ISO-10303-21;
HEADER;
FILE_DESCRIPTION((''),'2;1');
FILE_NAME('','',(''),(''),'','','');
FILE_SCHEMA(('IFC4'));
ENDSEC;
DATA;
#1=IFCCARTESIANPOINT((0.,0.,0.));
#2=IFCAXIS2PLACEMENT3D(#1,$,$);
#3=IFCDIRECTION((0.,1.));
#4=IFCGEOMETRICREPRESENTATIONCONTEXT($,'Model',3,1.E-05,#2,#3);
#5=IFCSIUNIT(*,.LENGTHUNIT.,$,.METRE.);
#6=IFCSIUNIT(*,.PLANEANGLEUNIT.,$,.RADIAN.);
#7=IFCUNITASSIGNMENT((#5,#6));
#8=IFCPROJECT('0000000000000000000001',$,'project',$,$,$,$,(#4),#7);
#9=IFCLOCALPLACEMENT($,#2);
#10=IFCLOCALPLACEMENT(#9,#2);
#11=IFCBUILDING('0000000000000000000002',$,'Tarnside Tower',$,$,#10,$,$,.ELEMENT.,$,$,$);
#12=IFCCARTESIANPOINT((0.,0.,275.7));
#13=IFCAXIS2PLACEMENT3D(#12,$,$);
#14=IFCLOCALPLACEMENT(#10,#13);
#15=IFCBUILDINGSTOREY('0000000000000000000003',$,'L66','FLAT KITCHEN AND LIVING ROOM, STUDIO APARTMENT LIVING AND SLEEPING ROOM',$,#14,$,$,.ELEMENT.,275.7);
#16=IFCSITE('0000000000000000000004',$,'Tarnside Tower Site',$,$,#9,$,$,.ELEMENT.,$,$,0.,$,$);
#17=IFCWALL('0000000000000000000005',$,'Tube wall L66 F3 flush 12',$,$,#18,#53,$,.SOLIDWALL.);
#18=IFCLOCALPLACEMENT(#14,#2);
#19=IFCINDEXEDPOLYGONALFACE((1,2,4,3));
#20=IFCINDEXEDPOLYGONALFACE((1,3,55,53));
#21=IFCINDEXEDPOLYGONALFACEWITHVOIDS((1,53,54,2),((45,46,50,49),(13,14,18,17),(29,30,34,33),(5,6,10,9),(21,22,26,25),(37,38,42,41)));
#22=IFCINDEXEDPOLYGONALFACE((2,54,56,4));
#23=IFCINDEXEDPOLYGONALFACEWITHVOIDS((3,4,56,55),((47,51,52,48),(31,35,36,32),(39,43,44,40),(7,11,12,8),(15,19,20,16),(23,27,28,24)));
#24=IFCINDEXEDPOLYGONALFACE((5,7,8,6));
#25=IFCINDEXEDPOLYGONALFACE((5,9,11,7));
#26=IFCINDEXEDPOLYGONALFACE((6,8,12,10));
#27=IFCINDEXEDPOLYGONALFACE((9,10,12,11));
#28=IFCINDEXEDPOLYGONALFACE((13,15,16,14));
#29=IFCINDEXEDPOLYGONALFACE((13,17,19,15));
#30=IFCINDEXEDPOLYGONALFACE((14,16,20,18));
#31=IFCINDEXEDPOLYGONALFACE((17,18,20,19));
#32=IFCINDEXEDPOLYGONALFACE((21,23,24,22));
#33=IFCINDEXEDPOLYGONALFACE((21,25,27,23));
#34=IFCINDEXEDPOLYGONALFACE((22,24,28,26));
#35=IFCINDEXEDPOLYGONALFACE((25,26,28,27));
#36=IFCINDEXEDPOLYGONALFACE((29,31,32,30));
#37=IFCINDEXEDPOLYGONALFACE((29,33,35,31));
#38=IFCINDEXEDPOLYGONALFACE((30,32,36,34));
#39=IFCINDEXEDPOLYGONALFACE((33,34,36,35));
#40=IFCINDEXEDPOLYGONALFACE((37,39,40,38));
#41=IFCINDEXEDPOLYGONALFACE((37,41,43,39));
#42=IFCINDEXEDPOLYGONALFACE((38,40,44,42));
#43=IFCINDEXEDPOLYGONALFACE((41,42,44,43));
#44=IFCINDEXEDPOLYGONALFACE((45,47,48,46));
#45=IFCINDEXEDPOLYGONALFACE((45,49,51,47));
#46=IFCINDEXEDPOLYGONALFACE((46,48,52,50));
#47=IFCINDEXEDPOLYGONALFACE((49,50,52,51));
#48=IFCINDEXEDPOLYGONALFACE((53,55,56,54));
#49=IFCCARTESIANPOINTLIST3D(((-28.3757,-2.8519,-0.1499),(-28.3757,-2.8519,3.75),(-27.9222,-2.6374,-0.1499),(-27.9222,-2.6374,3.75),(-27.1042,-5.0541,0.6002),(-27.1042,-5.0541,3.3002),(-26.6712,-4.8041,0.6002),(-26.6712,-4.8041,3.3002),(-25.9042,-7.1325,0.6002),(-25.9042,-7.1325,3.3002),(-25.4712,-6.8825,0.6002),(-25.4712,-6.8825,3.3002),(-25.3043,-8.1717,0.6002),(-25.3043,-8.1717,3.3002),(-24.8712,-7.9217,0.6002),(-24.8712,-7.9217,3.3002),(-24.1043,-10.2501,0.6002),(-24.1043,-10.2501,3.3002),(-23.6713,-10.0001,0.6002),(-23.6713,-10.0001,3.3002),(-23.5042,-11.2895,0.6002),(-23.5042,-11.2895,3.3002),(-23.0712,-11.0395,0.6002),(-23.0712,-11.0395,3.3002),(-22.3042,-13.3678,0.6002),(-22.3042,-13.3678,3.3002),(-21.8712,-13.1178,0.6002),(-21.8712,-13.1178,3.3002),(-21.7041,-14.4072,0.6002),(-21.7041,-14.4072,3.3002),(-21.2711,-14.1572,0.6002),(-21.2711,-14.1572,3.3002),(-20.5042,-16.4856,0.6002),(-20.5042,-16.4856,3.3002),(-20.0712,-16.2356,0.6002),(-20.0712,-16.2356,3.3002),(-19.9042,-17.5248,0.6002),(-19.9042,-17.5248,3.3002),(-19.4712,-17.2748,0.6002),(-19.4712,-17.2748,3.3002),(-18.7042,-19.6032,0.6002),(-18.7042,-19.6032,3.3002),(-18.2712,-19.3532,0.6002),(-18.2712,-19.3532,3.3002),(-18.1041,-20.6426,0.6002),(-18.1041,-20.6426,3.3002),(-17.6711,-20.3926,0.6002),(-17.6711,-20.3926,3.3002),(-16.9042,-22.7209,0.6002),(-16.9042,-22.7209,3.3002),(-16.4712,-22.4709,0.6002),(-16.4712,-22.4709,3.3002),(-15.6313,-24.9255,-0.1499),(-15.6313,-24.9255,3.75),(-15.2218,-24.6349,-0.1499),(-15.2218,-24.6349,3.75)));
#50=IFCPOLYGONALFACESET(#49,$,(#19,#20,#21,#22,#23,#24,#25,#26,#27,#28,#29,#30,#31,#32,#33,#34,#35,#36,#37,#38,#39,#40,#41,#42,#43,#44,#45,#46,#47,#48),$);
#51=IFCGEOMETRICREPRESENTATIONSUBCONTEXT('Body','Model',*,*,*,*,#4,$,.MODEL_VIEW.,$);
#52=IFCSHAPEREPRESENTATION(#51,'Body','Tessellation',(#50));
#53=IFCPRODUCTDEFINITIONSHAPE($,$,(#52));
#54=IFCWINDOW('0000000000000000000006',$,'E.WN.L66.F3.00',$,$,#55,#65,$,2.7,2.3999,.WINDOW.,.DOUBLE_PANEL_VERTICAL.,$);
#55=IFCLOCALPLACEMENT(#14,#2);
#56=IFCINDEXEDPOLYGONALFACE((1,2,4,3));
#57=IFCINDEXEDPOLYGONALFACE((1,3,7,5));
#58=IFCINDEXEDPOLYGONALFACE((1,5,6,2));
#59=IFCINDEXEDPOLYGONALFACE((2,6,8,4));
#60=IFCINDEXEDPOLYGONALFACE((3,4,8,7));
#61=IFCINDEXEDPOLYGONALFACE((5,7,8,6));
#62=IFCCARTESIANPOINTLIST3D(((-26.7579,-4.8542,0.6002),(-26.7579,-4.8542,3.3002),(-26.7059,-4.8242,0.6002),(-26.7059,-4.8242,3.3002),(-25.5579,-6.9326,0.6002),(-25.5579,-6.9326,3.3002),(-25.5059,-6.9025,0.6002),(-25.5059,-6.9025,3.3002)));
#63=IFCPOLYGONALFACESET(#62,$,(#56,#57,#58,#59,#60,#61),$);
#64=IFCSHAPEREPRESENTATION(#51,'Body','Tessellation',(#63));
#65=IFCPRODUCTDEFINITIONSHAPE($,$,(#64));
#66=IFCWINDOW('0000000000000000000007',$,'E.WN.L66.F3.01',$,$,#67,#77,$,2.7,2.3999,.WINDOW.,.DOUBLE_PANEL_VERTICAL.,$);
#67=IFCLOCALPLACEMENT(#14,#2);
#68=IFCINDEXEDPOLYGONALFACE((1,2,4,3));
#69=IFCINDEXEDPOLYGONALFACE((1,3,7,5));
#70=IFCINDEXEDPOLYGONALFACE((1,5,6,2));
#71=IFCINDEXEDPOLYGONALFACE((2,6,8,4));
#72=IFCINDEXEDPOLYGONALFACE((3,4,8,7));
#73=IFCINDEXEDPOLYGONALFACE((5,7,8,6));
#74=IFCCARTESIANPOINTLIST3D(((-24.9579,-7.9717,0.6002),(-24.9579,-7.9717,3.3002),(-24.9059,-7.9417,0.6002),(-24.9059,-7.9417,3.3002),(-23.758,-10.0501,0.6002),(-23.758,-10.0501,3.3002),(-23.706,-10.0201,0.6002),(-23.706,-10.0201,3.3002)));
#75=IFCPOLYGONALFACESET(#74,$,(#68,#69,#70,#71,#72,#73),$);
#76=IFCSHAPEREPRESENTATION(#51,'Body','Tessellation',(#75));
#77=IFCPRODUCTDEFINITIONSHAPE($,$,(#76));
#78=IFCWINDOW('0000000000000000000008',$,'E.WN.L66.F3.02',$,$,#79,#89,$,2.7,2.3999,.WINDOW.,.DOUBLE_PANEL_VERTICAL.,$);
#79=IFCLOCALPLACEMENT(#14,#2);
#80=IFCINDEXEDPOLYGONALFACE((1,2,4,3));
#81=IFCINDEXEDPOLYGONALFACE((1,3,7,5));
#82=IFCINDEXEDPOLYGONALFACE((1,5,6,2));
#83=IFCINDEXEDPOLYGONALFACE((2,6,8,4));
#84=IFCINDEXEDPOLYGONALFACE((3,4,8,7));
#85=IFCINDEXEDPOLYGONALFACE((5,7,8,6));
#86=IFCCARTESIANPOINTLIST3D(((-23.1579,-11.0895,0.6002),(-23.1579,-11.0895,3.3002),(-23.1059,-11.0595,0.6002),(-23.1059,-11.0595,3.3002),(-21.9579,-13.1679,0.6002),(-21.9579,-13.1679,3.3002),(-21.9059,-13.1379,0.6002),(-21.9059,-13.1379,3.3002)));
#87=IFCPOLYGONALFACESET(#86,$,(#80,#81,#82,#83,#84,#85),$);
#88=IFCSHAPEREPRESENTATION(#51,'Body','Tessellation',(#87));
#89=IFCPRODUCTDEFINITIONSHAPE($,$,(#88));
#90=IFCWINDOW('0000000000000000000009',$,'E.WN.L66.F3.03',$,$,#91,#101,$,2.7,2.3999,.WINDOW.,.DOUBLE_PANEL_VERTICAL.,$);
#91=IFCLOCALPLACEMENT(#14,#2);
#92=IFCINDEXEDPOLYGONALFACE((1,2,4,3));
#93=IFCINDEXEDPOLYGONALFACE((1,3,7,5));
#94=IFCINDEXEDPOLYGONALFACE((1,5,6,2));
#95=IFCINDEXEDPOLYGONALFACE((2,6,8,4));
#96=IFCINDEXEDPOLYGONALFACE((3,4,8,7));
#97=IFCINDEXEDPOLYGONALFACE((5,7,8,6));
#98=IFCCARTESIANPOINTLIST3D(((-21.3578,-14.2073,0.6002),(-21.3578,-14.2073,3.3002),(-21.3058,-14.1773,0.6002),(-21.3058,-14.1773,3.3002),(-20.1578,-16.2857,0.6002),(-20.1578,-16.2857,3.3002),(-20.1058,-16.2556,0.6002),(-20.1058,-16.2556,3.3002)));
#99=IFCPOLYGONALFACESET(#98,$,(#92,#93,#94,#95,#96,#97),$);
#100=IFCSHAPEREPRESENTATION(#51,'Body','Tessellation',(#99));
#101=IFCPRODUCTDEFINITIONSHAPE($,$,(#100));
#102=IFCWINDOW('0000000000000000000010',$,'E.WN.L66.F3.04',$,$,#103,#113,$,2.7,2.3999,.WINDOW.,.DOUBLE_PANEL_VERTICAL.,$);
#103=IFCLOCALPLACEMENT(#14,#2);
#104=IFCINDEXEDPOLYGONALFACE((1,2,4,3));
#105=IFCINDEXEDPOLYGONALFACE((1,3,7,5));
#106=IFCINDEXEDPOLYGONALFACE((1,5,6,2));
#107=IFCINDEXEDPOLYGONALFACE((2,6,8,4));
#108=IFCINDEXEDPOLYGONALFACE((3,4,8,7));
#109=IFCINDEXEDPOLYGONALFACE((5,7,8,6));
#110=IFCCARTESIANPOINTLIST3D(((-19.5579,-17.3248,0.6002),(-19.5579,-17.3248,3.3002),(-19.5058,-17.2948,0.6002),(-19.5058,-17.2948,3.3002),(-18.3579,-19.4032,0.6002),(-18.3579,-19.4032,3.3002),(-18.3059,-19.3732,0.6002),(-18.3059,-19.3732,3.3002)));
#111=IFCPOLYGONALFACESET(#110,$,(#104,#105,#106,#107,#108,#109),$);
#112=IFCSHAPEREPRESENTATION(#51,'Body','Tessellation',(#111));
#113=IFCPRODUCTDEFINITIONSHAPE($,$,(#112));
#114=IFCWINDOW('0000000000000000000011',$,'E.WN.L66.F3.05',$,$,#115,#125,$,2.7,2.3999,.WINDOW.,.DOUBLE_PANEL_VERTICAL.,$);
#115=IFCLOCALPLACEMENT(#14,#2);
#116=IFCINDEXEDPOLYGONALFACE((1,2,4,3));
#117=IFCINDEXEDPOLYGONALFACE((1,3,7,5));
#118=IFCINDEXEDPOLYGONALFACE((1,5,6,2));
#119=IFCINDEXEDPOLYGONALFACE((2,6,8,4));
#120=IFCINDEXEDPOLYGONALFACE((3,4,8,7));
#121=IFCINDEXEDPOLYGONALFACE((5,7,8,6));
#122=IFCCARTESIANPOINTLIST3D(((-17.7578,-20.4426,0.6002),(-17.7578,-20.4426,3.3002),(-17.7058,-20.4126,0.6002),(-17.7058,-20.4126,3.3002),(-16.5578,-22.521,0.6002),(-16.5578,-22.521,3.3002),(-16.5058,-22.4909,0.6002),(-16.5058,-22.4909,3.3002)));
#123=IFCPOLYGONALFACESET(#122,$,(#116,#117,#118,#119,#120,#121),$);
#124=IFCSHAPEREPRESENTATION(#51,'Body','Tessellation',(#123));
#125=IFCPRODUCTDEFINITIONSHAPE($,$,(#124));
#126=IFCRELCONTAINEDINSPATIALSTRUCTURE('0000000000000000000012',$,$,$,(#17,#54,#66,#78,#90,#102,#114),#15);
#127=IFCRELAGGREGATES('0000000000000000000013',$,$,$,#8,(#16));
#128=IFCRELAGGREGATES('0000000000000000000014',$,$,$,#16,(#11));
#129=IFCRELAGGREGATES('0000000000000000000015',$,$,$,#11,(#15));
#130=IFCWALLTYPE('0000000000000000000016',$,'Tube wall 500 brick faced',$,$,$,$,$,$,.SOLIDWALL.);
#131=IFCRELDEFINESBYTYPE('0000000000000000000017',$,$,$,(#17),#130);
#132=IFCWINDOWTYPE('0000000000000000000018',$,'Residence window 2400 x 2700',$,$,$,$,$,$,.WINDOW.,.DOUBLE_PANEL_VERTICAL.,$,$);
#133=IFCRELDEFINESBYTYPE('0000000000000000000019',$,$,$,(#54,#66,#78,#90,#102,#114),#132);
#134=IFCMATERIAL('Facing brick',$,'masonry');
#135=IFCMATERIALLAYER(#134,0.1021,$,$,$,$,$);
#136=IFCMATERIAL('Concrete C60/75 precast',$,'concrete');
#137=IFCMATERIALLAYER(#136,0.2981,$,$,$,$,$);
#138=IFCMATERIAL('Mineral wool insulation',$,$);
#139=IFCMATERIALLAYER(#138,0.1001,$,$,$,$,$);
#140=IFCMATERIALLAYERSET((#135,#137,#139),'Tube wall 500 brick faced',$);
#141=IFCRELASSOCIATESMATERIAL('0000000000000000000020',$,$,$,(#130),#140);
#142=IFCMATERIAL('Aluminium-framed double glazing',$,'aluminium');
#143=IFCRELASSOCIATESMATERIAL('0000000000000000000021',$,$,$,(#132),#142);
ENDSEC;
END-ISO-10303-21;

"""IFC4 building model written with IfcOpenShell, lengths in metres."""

from ifc_helpers import new_model, si_unit, direction, frame, frame_2d, origin, place, context, subcontext, project, spatial, polyline, rectangle, outline, extrude, material, layer, layer_set, type_object, element, fill, save


model = new_model("IFC4")

# Units and contexts
model_context = context("Model", 3, precision=1e-05, world=origin(), true_north=direction((0.0, 1.0)))
body_context = subcontext(model_context, "Body", "Model", "MODEL_VIEW")
ifc_project = project(units=[si_unit("LENGTHUNIT", "METRE"), si_unit("PLANEANGLEUNIT", "RADIAN")], contexts=[model_context])

# Site, building, storey
site_placement = place(None, origin())
site = spatial("IfcSite", under=ifc_project, at=site_placement, Name="Tarnside Tower Site", CompositionType="ELEMENT", RefElevation=0.0)
building_placement = place(site_placement, origin())
building = spatial("IfcBuilding", under=site, at=building_placement, Name="Tarnside Tower", CompositionType="ELEMENT")
storey_placement = place(building_placement, frame((0.0, 0.0, 275.7)))
storey = spatial("IfcBuildingStorey", under=building, at=storey_placement, Name="L66", Description="FLAT KITCHEN AND LIVING ROOM, STUDIO APARTMENT LIVING AND SLEEPING ROOM", CompositionType="ELEMENT", Elevation=275.7)

# Shared definitions
ifc_material_1 = material(Name="Facing brick", Category="masonry")
ifc_layer_1 = layer(ifc_material_1, 0.1021)
ifc_material_2 = material(Name="Concrete C60/75 precast", Category="concrete")
ifc_layer_2 = layer(ifc_material_2, 0.2981)
ifc_material_3 = material(Name="Mineral wool insulation")
ifc_layer_3 = layer(ifc_material_3, 0.1001)
ifc_layer_set_1 = layer_set([ifc_layer_1, ifc_layer_2, ifc_layer_3], Name="Tube wall 500 brick faced")
wall_type_1 = type_object("IfcWallType", Name="Tube wall 500 brick faced", PredefinedType="SOLIDWALL", material=ifc_layer_set_1)

# Wall, openings, windows
wall_1_placement = place(storey_placement, frame((-28.1489, -2.7446, -0.1499), z_axis=(0.0, 0.0, 1.0), x_axis=(0.500004, -0.866023, 0.0)))
wall_1 = element("IfcWall", 1, at=wall_1_placement, inside=storey, type_object=wall_type_1, Name="Tube wall L66 F3 flush 12", PredefinedType="SOLIDWALL", context=body_context, shape_type="SweptSolid", body=[
    extrude(outline(polyline([(-0.0205, -0.25), (25.468, -0.25), (25.4211, 0.25), (0.0205, 0.25), (-0.0205, -0.25)])), origin(), (0.0, 0.0, 1.0), 3.8999),
])
opening_1_placement = place(wall_1_placement, frame((2.5225, 0.0, 0.75)))
opening_1 = element("IfcOpeningElement", 2, at=opening_1_placement, cuts=wall_1, PredefinedType="OPENING", context=body_context, shape_type="SweptSolid", body=[
    extrude(rectangle(XDim=2.3999, YDim=2.7, at=frame_2d((1.2, 1.3501))), frame((0.0, 0.26, 0.0), z_axis=(0.0, -1.0, 0.0), x_axis=(1.0, 0.0, 0.0)), (0.0, 0.0, 1.0), 0.52),
])
opening_2_placement = place(wall_1_placement, frame((6.1223, 0.0, 0.75)))
opening_2 = element("IfcOpeningElement", 3, at=opening_2_placement, cuts=wall_1, PredefinedType="OPENING", context=body_context, shape_type="SweptSolid", body=[
    extrude(rectangle(XDim=2.3999, YDim=2.7, at=frame_2d((1.2, 1.3501))), frame((0.0, 0.26, 0.0), z_axis=(0.0, -1.0, 0.0), x_axis=(1.0, 0.0, 0.0)), (0.0, 0.0, 1.0), 0.52),
])
opening_3_placement = place(wall_1_placement, frame((9.7224, 0.0, 0.75)))
opening_3 = element("IfcOpeningElement", 4, at=opening_3_placement, cuts=wall_1, PredefinedType="OPENING", context=body_context, shape_type="SweptSolid", body=[
    extrude(rectangle(XDim=2.3999, YDim=2.7, at=frame_2d((1.2, 1.3501))), frame((0.0, 0.26, 0.0), z_axis=(0.0, -1.0, 0.0), x_axis=(1.0, 0.0, 0.0)), (0.0, 0.0, 1.0), 0.52),
])
opening_4_placement = place(wall_1_placement, frame((13.3225, 0.0, 0.75)))
opening_4 = element("IfcOpeningElement", 5, at=opening_4_placement, cuts=wall_1, PredefinedType="OPENING", context=body_context, shape_type="SweptSolid", body=[
    extrude(rectangle(XDim=2.3999, YDim=2.7, at=frame_2d((1.2, 1.3501))), frame((0.0, 0.26, 0.0), z_axis=(0.0, -1.0, 0.0), x_axis=(1.0, 0.0, 0.0)), (0.0, 0.0, 1.0), 0.52),
])
opening_5_placement = place(wall_1_placement, frame((16.9224, 0.0, 0.75)))
opening_5 = element("IfcOpeningElement", 6, at=opening_5_placement, cuts=wall_1, PredefinedType="OPENING", context=body_context, shape_type="SweptSolid", body=[
    extrude(rectangle(XDim=2.3999, YDim=2.7, at=frame_2d((1.2, 1.3501))), frame((0.0, 0.26, 0.0), z_axis=(0.0, -1.0, 0.0), x_axis=(1.0, 0.0, 0.0)), (0.0, 0.0, 1.0), 0.52),
])
opening_6_placement = place(wall_1_placement, frame((20.5225, 0.0, 0.75)))
opening_6 = element("IfcOpeningElement", 7, at=opening_6_placement, cuts=wall_1, PredefinedType="OPENING", context=body_context, shape_type="SweptSolid", body=[
    extrude(rectangle(XDim=2.3999, YDim=2.7, at=frame_2d((1.2, 1.3501))), frame((0.0, 0.26, 0.0), z_axis=(0.0, -1.0, 0.0), x_axis=(1.0, 0.0, 0.0)), (0.0, 0.0, 1.0), 0.52),
])
ifc_material_4 = material(Name="Aluminium-framed double glazing", Category="aluminium")
window_type = type_object("IfcWindowType", Name="Residence window 2400 x 2700", PartitioningType="DOUBLE_PANEL_VERTICAL", PredefinedType="WINDOW", material=ifc_material_4)
window_1_placement = place(opening_1_placement, frame((0.0, 0.1799, 0.0)))
window_1 = element("IfcWindow", 8, at=window_1_placement, inside=storey, type_object=window_type, Name="E.WN.L66.F3.00", OverallHeight=2.7, OverallWidth=2.3999, PartitioningType="DOUBLE_PANEL_VERTICAL", PredefinedType="WINDOW", context=body_context, shape_type="SweptSolid", body=[
    extrude(rectangle(XDim=2.3999, YDim=2.7, at=frame_2d((1.2, 1.3501))), frame((0.0, 0.03, 0.0), z_axis=(0.0, -1.0, 0.0), x_axis=(1.0, 0.0, 0.0)), (0.0, 0.0, 1.0), 0.0601),
])
fill(opening_1, window_1)
window_2_placement = place(opening_2_placement, frame((0.0, 0.1799, 0.0)))
window_2 = element("IfcWindow", 9, at=window_2_placement, inside=storey, type_object=window_type, Name="E.WN.L66.F3.01", OverallHeight=2.7, OverallWidth=2.3999, PartitioningType="DOUBLE_PANEL_VERTICAL", PredefinedType="WINDOW", context=body_context, shape_type="SweptSolid", body=[
    extrude(rectangle(XDim=2.3999, YDim=2.7, at=frame_2d((1.2, 1.3501))), frame((0.0, 0.03, 0.0), z_axis=(0.0, -1.0, 0.0), x_axis=(1.0, 0.0, 0.0)), (0.0, 0.0, 1.0), 0.0601),
])
fill(opening_2, window_2)
window_3_placement = place(opening_3_placement, frame((0.0, 0.1799, 0.0)))
window_3 = element("IfcWindow", 10, at=window_3_placement, inside=storey, type_object=window_type, Name="E.WN.L66.F3.02", OverallHeight=2.7, OverallWidth=2.3999, PartitioningType="DOUBLE_PANEL_VERTICAL", PredefinedType="WINDOW", context=body_context, shape_type="SweptSolid", body=[
    extrude(rectangle(XDim=2.3999, YDim=2.7, at=frame_2d((1.2, 1.3501))), frame((0.0, 0.03, 0.0), z_axis=(0.0, -1.0, 0.0), x_axis=(1.0, 0.0, 0.0)), (0.0, 0.0, 1.0), 0.0601),
])
fill(opening_3, window_3)
window_4_placement = place(opening_4_placement, frame((0.0, 0.1799, 0.0)))
window_4 = element("IfcWindow", 11, at=window_4_placement, inside=storey, type_object=window_type, Name="E.WN.L66.F3.03", OverallHeight=2.7, OverallWidth=2.3999, PartitioningType="DOUBLE_PANEL_VERTICAL", PredefinedType="WINDOW", context=body_context, shape_type="SweptSolid", body=[
    extrude(rectangle(XDim=2.3999, YDim=2.7, at=frame_2d((1.2, 1.3501))), frame((0.0, 0.03, 0.0), z_axis=(0.0, -1.0, 0.0), x_axis=(1.0, 0.0, 0.0)), (0.0, 0.0, 1.0), 0.0601),
])
fill(opening_4, window_4)
window_5_placement = place(opening_5_placement, frame((0.0, 0.1799, 0.0)))
window_5 = element("IfcWindow", 12, at=window_5_placement, inside=storey, type_object=window_type, Name="E.WN.L66.F3.04", OverallHeight=2.7, OverallWidth=2.3999, PartitioningType="DOUBLE_PANEL_VERTICAL", PredefinedType="WINDOW", context=body_context, shape_type="SweptSolid", body=[
    extrude(rectangle(XDim=2.3999, YDim=2.7, at=frame_2d((1.2, 1.3501))), frame((0.0, 0.03, 0.0), z_axis=(0.0, -1.0, 0.0), x_axis=(1.0, 0.0, 0.0)), (0.0, 0.0, 1.0), 0.0601),
])
fill(opening_5, window_5)
window_6_placement = place(opening_6_placement, frame((0.0, 0.1799, 0.0)))
window_6 = element("IfcWindow", 13, at=window_6_placement, inside=storey, type_object=window_type, Name="E.WN.L66.F3.05", OverallHeight=2.7, OverallWidth=2.3999, PartitioningType="DOUBLE_PANEL_VERTICAL", PredefinedType="WINDOW", context=body_context, shape_type="SweptSolid", body=[
    extrude(rectangle(XDim=2.3999, YDim=2.7, at=frame_2d((1.2, 1.3501))), frame((0.0, 0.03, 0.0), z_axis=(0.0, -1.0, 0.0), x_axis=(1.0, 0.0, 0.0)), (0.0, 0.0, 1.0), 0.0601),
])
fill(opening_6, window_6)

save(model, "model.ifc")
